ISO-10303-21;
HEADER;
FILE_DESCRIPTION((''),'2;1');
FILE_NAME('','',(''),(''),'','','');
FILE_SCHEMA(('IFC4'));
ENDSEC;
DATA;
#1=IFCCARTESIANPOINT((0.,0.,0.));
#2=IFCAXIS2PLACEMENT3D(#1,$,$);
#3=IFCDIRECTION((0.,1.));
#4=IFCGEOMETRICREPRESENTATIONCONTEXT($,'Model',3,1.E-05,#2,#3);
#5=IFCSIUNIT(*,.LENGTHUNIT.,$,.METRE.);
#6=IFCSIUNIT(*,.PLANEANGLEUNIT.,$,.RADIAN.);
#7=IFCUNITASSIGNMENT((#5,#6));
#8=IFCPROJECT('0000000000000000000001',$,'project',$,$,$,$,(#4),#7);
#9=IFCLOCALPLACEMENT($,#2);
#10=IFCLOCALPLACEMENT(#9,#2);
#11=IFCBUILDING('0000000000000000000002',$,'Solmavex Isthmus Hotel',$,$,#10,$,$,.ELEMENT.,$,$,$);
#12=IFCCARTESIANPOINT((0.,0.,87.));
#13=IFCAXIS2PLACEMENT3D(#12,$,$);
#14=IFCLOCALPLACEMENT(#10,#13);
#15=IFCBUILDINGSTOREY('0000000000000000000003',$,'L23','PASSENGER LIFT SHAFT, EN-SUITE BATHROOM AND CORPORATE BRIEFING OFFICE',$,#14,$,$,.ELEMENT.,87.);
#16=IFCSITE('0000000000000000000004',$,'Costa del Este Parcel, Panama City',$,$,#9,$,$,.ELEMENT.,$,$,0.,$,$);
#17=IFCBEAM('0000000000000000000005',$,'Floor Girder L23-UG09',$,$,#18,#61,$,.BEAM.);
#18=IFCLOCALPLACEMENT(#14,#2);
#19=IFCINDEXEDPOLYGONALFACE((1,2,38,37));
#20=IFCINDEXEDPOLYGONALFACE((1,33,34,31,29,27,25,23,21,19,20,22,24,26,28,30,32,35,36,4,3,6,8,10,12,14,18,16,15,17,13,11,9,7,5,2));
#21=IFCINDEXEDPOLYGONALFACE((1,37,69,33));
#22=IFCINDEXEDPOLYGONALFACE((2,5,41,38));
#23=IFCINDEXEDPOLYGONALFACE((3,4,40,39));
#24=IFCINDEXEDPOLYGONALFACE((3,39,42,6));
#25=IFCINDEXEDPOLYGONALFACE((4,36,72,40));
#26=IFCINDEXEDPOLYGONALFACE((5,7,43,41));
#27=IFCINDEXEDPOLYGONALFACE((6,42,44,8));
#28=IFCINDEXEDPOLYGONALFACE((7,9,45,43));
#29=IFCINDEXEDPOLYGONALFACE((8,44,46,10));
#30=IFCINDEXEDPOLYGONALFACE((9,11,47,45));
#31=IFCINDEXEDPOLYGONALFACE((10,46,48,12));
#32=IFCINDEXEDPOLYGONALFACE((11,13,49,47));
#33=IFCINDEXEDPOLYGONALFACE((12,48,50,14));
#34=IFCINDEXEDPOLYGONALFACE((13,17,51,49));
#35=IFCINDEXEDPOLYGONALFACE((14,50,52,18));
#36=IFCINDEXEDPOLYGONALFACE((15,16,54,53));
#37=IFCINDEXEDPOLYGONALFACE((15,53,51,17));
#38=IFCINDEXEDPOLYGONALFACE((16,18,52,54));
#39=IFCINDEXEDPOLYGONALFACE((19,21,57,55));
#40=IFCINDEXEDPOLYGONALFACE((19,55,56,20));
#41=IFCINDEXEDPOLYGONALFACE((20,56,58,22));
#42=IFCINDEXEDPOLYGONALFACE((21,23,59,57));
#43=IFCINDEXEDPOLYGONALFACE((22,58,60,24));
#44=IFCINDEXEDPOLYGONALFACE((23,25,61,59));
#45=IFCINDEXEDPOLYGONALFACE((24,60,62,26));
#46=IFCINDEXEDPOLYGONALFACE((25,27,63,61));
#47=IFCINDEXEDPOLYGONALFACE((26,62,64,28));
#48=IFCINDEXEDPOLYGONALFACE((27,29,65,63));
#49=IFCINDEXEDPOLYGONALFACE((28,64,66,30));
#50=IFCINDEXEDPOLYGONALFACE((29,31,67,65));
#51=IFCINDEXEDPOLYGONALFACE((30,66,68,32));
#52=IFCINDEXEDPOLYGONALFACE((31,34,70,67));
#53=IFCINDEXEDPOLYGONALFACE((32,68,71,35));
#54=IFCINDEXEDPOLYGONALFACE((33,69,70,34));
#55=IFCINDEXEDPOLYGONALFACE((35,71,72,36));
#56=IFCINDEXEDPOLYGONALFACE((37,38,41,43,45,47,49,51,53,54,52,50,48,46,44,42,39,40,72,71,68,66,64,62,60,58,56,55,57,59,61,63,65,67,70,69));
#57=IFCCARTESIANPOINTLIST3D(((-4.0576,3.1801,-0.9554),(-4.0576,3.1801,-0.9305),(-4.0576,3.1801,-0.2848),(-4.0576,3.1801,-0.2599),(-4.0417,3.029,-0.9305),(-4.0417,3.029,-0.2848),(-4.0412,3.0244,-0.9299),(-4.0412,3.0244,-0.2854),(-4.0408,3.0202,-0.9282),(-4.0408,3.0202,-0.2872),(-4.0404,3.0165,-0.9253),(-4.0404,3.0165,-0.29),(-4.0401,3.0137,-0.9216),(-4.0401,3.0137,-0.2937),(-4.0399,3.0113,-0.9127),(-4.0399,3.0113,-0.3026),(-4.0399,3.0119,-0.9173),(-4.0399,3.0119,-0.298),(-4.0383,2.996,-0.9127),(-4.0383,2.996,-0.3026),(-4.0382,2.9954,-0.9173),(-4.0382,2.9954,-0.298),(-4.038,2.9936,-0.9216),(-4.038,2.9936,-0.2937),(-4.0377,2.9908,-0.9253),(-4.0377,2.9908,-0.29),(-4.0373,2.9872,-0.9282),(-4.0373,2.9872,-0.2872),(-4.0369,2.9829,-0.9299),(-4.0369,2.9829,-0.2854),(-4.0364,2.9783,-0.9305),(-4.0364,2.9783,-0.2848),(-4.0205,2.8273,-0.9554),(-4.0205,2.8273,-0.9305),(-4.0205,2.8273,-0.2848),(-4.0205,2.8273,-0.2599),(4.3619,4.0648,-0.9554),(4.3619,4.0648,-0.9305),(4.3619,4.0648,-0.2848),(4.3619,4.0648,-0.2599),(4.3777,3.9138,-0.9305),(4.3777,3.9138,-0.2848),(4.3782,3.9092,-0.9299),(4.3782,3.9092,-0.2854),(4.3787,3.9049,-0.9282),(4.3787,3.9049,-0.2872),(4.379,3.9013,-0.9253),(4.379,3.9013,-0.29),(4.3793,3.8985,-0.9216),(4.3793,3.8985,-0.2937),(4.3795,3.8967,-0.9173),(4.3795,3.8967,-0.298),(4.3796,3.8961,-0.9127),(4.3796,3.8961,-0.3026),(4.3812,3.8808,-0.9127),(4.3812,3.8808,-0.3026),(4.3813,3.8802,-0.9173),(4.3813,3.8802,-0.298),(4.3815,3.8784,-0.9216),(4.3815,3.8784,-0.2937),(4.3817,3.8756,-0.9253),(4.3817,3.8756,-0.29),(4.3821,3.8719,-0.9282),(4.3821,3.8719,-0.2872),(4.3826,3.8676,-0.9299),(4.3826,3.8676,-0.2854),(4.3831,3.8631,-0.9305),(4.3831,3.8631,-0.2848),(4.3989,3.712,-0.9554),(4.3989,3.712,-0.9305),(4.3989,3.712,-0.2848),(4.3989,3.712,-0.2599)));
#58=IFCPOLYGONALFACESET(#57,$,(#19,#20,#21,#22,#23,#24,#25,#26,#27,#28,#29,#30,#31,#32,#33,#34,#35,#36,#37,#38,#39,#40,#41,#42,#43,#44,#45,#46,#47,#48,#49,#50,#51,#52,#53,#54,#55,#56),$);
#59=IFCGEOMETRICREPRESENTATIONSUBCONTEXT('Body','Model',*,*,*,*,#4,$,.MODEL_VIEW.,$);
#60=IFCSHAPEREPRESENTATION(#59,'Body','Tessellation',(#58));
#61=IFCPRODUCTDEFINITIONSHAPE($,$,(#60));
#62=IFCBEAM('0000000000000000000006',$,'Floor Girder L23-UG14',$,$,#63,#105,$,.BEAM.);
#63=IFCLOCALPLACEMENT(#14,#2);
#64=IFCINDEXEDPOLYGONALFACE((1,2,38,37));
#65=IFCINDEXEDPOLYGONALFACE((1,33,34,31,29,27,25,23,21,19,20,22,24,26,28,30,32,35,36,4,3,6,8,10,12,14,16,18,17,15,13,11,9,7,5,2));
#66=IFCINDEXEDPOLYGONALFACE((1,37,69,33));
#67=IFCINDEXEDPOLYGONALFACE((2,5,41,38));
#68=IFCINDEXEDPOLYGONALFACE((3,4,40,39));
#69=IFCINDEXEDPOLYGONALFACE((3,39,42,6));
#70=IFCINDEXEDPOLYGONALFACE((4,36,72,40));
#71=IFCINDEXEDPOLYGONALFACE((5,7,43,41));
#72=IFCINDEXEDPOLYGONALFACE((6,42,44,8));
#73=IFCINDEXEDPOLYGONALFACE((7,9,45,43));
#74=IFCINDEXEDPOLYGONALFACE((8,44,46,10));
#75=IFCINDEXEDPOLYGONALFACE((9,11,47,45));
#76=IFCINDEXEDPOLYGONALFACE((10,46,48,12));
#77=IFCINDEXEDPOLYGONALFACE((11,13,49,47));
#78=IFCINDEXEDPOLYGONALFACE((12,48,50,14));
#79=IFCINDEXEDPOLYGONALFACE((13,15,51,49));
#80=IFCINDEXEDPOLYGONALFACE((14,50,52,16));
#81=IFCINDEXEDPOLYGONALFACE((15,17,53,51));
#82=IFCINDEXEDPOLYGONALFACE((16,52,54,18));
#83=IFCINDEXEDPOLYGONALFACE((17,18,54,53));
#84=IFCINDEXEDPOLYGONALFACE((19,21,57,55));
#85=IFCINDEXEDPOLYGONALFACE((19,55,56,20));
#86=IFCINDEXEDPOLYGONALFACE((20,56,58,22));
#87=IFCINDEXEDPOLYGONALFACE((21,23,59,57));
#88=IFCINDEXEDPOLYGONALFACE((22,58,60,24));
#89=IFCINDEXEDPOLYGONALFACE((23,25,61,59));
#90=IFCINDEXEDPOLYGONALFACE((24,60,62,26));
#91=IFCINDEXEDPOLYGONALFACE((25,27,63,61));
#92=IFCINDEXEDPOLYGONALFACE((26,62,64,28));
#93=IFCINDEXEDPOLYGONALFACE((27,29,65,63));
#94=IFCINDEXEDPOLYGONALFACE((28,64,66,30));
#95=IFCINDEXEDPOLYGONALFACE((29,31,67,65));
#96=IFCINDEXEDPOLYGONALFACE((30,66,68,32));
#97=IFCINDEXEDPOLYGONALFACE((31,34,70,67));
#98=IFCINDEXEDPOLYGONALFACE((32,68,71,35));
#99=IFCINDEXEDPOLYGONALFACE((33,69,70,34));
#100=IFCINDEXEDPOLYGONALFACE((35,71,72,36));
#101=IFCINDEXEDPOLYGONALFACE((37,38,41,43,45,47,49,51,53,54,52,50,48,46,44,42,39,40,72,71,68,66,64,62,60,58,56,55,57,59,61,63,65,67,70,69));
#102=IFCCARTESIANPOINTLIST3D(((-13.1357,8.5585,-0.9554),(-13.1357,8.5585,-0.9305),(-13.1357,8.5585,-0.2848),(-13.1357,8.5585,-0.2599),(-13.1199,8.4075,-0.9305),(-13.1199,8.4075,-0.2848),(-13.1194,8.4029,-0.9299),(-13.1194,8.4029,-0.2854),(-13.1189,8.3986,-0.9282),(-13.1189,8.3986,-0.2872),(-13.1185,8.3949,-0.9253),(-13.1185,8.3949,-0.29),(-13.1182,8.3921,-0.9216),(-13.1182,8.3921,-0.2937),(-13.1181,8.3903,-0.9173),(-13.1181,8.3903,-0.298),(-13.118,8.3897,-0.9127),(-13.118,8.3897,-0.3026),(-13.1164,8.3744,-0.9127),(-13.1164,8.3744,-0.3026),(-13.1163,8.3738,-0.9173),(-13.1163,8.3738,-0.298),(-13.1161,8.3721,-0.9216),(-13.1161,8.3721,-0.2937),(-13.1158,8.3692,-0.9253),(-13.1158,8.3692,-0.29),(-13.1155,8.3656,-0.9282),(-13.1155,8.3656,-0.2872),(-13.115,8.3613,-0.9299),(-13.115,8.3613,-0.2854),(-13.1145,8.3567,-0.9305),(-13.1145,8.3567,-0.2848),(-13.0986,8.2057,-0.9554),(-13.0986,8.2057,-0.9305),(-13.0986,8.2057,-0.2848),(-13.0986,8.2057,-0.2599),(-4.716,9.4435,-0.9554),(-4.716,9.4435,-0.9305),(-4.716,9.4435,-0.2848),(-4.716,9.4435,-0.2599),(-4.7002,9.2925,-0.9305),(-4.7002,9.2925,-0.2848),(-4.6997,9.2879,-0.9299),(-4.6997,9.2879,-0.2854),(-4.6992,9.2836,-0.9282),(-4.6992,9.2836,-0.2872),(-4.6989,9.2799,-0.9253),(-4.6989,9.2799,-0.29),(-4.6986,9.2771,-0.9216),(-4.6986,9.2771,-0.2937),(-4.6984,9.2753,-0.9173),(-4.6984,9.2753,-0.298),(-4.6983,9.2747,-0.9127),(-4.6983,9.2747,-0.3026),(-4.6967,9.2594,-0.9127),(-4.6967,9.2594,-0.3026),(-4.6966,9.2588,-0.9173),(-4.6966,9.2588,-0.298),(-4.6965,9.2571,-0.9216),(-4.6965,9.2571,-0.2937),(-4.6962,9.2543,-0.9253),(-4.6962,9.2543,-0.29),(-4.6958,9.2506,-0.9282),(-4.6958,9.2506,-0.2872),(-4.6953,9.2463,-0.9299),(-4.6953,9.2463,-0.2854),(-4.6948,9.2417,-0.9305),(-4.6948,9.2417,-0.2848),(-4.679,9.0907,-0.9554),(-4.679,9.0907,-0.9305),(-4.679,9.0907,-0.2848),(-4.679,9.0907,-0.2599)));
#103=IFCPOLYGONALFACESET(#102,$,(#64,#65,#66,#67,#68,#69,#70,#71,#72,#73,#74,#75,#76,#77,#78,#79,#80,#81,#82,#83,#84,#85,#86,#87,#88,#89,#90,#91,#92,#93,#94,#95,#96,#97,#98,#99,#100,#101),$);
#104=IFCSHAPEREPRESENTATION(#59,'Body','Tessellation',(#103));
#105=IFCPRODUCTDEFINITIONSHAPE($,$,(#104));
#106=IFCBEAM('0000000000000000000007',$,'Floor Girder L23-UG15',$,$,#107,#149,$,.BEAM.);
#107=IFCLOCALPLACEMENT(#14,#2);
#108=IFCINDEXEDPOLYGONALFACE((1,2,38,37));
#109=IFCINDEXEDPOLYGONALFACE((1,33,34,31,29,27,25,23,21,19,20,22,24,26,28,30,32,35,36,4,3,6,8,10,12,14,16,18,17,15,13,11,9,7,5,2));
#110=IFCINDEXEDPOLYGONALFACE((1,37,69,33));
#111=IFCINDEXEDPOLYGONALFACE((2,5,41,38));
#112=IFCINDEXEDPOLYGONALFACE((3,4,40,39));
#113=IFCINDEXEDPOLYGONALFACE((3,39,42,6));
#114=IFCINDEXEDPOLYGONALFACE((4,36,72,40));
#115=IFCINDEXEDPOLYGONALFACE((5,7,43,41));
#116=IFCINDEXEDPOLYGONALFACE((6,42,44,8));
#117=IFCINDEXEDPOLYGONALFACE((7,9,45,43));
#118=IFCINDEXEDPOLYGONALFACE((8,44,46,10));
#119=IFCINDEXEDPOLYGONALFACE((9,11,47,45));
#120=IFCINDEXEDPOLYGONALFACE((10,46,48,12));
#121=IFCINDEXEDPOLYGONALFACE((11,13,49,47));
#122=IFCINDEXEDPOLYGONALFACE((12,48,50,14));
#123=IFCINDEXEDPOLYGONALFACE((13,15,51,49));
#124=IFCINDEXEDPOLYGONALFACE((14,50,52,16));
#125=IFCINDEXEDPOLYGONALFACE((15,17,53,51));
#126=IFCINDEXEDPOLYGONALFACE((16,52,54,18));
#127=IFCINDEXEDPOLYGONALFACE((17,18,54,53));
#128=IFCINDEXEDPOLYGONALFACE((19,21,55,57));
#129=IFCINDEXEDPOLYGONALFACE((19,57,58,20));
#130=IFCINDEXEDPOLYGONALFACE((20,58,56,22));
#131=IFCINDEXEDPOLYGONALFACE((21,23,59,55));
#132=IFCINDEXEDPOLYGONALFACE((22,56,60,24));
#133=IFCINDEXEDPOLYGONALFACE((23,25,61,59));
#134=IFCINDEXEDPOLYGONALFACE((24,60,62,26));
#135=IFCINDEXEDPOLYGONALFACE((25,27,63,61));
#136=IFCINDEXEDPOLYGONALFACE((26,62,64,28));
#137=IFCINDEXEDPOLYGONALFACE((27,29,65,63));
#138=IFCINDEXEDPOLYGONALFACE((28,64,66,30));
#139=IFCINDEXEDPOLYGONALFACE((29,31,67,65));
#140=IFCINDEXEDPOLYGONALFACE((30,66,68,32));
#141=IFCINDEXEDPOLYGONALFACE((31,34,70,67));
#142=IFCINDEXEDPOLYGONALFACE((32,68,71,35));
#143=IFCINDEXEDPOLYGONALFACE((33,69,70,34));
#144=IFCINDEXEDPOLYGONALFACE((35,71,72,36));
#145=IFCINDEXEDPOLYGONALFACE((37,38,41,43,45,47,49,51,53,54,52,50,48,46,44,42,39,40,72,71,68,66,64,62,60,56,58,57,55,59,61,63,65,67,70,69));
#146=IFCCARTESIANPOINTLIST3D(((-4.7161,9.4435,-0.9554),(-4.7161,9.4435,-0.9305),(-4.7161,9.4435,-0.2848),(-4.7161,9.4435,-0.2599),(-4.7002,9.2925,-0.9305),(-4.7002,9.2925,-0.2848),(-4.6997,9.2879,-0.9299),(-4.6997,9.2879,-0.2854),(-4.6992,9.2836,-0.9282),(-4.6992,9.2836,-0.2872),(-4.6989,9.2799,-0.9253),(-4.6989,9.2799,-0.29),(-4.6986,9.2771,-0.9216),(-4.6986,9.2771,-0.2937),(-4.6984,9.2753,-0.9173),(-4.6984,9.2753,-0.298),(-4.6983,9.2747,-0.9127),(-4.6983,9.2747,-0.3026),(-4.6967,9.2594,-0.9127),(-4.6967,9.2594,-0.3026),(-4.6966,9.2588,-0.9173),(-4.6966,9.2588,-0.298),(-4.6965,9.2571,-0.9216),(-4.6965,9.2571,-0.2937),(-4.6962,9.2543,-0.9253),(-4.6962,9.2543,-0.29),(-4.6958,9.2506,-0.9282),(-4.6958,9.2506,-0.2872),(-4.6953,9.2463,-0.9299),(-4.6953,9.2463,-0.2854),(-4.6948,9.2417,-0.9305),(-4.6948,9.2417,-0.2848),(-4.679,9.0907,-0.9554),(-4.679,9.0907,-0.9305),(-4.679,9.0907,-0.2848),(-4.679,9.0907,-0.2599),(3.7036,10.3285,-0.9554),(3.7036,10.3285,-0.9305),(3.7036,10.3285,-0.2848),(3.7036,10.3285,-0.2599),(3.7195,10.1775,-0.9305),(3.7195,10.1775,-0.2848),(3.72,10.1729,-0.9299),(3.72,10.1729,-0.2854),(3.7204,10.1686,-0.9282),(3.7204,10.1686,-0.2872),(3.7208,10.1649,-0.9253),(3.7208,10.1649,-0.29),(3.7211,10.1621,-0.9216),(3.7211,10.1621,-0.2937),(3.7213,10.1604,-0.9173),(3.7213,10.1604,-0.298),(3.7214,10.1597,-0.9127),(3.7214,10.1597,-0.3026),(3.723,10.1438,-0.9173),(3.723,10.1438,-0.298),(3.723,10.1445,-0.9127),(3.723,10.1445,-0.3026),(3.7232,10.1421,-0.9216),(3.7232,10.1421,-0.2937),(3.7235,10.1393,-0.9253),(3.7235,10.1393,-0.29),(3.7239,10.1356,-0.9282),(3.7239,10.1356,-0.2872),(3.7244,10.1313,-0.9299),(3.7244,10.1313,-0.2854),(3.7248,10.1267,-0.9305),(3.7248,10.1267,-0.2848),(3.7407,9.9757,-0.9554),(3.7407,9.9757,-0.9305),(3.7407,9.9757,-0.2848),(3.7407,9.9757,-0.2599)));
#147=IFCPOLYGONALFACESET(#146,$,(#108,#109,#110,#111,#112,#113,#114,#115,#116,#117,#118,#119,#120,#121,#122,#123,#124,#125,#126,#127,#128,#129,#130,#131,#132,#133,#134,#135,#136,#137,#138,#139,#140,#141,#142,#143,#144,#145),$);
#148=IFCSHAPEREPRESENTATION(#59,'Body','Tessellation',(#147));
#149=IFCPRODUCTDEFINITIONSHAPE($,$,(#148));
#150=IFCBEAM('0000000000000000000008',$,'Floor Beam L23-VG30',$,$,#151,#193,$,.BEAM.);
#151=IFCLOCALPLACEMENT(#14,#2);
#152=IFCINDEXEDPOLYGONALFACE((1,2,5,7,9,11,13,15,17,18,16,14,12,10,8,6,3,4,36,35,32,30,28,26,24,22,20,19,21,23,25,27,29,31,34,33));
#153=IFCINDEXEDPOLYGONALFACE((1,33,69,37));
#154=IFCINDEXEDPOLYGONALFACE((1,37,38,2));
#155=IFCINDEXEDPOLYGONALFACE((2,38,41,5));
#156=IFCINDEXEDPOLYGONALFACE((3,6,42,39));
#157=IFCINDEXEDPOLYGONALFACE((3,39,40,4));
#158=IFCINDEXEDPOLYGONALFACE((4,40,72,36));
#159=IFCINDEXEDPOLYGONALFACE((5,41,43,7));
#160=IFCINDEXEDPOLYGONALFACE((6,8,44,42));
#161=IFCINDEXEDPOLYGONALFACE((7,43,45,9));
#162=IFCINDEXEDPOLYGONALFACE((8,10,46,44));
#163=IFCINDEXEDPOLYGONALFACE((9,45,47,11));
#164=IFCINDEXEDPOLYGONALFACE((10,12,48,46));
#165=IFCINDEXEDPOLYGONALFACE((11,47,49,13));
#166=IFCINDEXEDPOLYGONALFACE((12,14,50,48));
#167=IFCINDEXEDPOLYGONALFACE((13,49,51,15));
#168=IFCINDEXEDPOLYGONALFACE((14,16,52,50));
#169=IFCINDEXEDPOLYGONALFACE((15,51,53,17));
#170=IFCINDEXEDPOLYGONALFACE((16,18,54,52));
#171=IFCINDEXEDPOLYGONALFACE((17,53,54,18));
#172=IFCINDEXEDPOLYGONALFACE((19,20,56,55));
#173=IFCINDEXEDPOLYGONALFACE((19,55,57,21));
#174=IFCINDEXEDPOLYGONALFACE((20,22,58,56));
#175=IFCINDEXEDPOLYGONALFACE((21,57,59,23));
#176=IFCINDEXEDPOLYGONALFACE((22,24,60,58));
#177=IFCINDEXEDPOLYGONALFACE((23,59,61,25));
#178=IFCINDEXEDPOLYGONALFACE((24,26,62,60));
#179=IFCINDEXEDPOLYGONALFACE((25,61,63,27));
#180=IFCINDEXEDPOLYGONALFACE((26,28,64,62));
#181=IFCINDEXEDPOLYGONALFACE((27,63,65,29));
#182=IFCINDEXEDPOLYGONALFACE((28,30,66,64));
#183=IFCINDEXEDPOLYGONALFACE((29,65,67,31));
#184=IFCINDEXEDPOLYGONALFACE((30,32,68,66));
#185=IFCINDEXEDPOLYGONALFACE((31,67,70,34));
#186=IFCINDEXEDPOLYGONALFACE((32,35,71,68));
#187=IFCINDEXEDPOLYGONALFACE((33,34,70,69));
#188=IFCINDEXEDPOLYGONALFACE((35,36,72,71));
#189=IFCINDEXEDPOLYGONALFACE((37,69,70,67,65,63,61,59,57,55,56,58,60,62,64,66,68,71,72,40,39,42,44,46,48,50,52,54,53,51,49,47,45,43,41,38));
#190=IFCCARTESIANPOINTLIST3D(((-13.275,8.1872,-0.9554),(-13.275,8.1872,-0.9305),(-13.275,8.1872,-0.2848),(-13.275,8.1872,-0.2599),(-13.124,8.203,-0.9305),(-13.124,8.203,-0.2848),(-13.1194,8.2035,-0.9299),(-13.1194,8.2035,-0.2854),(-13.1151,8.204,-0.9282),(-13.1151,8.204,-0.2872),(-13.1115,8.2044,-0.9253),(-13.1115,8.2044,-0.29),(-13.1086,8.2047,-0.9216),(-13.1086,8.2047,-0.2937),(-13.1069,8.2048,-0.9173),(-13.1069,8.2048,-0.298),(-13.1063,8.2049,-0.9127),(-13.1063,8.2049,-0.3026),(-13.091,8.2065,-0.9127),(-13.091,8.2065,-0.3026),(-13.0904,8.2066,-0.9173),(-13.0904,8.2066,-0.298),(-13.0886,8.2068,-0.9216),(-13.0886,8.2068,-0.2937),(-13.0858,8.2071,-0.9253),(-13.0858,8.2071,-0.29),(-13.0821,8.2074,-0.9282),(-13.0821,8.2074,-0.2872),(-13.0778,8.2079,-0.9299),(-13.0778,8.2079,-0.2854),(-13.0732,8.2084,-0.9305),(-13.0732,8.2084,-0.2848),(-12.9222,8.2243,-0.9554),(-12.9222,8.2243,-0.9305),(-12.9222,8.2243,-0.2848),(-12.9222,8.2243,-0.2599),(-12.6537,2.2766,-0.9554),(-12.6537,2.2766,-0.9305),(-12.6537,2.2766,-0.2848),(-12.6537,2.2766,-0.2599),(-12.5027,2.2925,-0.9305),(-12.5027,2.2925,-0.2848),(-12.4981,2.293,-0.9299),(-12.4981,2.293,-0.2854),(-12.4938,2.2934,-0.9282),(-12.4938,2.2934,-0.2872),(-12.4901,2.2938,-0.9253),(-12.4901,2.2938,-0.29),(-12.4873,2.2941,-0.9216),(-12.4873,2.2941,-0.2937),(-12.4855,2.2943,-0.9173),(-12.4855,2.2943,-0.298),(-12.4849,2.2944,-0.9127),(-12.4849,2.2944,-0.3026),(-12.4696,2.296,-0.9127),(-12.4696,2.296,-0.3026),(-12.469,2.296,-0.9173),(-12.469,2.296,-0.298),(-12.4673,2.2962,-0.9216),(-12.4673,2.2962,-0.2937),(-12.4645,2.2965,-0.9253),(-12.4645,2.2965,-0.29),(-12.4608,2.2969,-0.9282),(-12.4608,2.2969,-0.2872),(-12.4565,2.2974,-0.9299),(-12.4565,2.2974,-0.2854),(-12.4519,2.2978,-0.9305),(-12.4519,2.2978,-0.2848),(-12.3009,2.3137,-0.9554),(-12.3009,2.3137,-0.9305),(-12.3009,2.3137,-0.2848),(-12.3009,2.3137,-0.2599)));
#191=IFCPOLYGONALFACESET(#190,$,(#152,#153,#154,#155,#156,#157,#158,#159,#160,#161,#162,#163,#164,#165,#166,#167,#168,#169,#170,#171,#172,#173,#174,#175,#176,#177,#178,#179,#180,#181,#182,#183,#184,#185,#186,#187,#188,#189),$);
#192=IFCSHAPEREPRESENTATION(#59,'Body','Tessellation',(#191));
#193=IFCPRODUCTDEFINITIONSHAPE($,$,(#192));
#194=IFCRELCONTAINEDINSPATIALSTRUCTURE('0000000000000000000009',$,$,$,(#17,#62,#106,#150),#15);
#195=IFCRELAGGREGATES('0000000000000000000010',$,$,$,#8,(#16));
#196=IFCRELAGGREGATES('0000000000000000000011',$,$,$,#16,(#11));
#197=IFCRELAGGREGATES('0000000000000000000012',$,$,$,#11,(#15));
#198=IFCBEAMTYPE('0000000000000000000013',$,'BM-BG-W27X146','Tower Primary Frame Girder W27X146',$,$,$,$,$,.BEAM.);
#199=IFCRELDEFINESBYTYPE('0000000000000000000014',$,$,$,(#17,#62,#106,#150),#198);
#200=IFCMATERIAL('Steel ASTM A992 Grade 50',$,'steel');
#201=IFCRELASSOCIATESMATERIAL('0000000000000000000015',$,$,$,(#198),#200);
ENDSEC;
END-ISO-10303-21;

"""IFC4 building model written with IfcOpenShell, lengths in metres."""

from ifc_helpers import new_model, si_unit, direction, frame, origin, origin_2d, place, context, subcontext, project, spatial, i_section, extrude, material, material_profile, profile_set, type_object, element, save


model = new_model("IFC4")

# Units and contexts
model_context = context("Model", 3, precision=1e-05, world=origin(), true_north=direction((0.0, 1.0)))
body_context = subcontext(model_context, "Body", "Model", "MODEL_VIEW")
ifc_project = project(units=[si_unit("LENGTHUNIT", "METRE"), si_unit("PLANEANGLEUNIT", "RADIAN")], contexts=[model_context])

# Site, building, storey
site_placement = place(None, origin())
site = spatial("IfcSite", under=ifc_project, at=site_placement, Name="Costa del Este Parcel, Panama City", CompositionType="ELEMENT", RefElevation=0.0)
building_placement = place(site_placement, origin())
building = spatial("IfcBuilding", under=site, at=building_placement, Name="Solmavex Isthmus Hotel", CompositionType="ELEMENT")
storey_placement = place(building_placement, frame((0.0, 0.0, 87.0)))
storey = spatial("IfcBuildingStorey", under=building, at=storey_placement, Name="L23", Description="PASSENGER LIFT SHAFT, EN-SUITE BATHROOM AND CORPORATE BRIEFING OFFICE", CompositionType="ELEMENT", Elevation=87.0)

# Beams
ifc_material_1 = material(Name="Steel ASTM A992 Grade 50", Category="steel")
ifc_material_profile_1 = material_profile(ifc_material_1, i_section(OverallWidth=0.3547, OverallDepth=0.6956, WebThickness=0.0154, FlangeThickness=0.0249, FilletRadius=0.0178, at=origin_2d()), Name="W27X146")
ifc_profile_set_1 = profile_set([ifc_material_profile_1], Name="Steel ASTM A992 Grade 50")
beam_type_1 = type_object("IfcBeamType", Name="BM-BG-W27X146", Description="Tower Primary Frame Girder W27X146", PredefinedType="BEAM", material=ifc_profile_set_1)
beam_1_placement = place(storey_placement, frame((-4.0391, 3.0037, -0.6077), z_axis=(0.994524, 0.104511, 0.0), x_axis=(-0.104511, 0.994524, 0.0)))
element("IfcBeam", 1, at=beam_1_placement, inside=storey, type_object=beam_type_1, Name="Floor Girder L23-UG09", PredefinedType="BEAM", context=body_context, shape_type="SweptSolid", body=[
    extrude(i_section(OverallWidth=0.3547, OverallDepth=0.6956, WebThickness=0.0154, FlangeThickness=0.0249, FilletRadius=0.0178, at=origin_2d()), origin(), (0.0, 0.0, 1.0), 8.4658),
])
for number, where, z_axis, x_axis, name in (
    (2, (-13.1172, 8.3821, -0.6077), (0.994521, 0.104536, 0.0), (-0.104536, 0.994521, 0.0), "Floor Girder L23-UG14"),
    (3, (-4.6975, 9.2671, -0.6077), (0.994521, 0.104536, 0.0), (-0.104536, 0.994521, 0.0), "Floor Girder L23-UG15"),
):
    element("IfcBeam", number, at=place(storey_placement, frame(where, z_axis=z_axis, x_axis=x_axis)), inside=storey, type_object=beam_type_1, Name=name, PredefinedType="BEAM", context=body_context, shape_type="SweptSolid", body=[
        extrude(i_section(OverallWidth=0.3547, OverallDepth=0.6956, WebThickness=0.0154, FlangeThickness=0.0249, FilletRadius=0.0178, at=origin_2d()), origin(), (0.0, 0.0, 1.0), 8.4661),
    ])
for number, where, z_axis, x_axis, name in (
    (4, (-12.4773, 2.2952, -0.6077), (-0.104546, 0.99452, 0.0), (-0.99452, -0.104546, 0.0), "Floor Beam L23-VG30"),
):
    element("IfcBeam", number, at=place(storey_placement, frame(where, z_axis=z_axis, x_axis=x_axis)), inside=storey, type_object=beam_type_1, Name=name, PredefinedType="BEAM", context=body_context, shape_type="SweptSolid", body=[
        extrude(i_section(OverallWidth=0.3547, OverallDepth=0.6956, WebThickness=0.0154, FlangeThickness=0.0249, FilletRadius=0.0178, at=origin_2d()), origin(), (0.0, 0.0, 1.0), 5.9431),
    ])

save(model, "model.ifc")
